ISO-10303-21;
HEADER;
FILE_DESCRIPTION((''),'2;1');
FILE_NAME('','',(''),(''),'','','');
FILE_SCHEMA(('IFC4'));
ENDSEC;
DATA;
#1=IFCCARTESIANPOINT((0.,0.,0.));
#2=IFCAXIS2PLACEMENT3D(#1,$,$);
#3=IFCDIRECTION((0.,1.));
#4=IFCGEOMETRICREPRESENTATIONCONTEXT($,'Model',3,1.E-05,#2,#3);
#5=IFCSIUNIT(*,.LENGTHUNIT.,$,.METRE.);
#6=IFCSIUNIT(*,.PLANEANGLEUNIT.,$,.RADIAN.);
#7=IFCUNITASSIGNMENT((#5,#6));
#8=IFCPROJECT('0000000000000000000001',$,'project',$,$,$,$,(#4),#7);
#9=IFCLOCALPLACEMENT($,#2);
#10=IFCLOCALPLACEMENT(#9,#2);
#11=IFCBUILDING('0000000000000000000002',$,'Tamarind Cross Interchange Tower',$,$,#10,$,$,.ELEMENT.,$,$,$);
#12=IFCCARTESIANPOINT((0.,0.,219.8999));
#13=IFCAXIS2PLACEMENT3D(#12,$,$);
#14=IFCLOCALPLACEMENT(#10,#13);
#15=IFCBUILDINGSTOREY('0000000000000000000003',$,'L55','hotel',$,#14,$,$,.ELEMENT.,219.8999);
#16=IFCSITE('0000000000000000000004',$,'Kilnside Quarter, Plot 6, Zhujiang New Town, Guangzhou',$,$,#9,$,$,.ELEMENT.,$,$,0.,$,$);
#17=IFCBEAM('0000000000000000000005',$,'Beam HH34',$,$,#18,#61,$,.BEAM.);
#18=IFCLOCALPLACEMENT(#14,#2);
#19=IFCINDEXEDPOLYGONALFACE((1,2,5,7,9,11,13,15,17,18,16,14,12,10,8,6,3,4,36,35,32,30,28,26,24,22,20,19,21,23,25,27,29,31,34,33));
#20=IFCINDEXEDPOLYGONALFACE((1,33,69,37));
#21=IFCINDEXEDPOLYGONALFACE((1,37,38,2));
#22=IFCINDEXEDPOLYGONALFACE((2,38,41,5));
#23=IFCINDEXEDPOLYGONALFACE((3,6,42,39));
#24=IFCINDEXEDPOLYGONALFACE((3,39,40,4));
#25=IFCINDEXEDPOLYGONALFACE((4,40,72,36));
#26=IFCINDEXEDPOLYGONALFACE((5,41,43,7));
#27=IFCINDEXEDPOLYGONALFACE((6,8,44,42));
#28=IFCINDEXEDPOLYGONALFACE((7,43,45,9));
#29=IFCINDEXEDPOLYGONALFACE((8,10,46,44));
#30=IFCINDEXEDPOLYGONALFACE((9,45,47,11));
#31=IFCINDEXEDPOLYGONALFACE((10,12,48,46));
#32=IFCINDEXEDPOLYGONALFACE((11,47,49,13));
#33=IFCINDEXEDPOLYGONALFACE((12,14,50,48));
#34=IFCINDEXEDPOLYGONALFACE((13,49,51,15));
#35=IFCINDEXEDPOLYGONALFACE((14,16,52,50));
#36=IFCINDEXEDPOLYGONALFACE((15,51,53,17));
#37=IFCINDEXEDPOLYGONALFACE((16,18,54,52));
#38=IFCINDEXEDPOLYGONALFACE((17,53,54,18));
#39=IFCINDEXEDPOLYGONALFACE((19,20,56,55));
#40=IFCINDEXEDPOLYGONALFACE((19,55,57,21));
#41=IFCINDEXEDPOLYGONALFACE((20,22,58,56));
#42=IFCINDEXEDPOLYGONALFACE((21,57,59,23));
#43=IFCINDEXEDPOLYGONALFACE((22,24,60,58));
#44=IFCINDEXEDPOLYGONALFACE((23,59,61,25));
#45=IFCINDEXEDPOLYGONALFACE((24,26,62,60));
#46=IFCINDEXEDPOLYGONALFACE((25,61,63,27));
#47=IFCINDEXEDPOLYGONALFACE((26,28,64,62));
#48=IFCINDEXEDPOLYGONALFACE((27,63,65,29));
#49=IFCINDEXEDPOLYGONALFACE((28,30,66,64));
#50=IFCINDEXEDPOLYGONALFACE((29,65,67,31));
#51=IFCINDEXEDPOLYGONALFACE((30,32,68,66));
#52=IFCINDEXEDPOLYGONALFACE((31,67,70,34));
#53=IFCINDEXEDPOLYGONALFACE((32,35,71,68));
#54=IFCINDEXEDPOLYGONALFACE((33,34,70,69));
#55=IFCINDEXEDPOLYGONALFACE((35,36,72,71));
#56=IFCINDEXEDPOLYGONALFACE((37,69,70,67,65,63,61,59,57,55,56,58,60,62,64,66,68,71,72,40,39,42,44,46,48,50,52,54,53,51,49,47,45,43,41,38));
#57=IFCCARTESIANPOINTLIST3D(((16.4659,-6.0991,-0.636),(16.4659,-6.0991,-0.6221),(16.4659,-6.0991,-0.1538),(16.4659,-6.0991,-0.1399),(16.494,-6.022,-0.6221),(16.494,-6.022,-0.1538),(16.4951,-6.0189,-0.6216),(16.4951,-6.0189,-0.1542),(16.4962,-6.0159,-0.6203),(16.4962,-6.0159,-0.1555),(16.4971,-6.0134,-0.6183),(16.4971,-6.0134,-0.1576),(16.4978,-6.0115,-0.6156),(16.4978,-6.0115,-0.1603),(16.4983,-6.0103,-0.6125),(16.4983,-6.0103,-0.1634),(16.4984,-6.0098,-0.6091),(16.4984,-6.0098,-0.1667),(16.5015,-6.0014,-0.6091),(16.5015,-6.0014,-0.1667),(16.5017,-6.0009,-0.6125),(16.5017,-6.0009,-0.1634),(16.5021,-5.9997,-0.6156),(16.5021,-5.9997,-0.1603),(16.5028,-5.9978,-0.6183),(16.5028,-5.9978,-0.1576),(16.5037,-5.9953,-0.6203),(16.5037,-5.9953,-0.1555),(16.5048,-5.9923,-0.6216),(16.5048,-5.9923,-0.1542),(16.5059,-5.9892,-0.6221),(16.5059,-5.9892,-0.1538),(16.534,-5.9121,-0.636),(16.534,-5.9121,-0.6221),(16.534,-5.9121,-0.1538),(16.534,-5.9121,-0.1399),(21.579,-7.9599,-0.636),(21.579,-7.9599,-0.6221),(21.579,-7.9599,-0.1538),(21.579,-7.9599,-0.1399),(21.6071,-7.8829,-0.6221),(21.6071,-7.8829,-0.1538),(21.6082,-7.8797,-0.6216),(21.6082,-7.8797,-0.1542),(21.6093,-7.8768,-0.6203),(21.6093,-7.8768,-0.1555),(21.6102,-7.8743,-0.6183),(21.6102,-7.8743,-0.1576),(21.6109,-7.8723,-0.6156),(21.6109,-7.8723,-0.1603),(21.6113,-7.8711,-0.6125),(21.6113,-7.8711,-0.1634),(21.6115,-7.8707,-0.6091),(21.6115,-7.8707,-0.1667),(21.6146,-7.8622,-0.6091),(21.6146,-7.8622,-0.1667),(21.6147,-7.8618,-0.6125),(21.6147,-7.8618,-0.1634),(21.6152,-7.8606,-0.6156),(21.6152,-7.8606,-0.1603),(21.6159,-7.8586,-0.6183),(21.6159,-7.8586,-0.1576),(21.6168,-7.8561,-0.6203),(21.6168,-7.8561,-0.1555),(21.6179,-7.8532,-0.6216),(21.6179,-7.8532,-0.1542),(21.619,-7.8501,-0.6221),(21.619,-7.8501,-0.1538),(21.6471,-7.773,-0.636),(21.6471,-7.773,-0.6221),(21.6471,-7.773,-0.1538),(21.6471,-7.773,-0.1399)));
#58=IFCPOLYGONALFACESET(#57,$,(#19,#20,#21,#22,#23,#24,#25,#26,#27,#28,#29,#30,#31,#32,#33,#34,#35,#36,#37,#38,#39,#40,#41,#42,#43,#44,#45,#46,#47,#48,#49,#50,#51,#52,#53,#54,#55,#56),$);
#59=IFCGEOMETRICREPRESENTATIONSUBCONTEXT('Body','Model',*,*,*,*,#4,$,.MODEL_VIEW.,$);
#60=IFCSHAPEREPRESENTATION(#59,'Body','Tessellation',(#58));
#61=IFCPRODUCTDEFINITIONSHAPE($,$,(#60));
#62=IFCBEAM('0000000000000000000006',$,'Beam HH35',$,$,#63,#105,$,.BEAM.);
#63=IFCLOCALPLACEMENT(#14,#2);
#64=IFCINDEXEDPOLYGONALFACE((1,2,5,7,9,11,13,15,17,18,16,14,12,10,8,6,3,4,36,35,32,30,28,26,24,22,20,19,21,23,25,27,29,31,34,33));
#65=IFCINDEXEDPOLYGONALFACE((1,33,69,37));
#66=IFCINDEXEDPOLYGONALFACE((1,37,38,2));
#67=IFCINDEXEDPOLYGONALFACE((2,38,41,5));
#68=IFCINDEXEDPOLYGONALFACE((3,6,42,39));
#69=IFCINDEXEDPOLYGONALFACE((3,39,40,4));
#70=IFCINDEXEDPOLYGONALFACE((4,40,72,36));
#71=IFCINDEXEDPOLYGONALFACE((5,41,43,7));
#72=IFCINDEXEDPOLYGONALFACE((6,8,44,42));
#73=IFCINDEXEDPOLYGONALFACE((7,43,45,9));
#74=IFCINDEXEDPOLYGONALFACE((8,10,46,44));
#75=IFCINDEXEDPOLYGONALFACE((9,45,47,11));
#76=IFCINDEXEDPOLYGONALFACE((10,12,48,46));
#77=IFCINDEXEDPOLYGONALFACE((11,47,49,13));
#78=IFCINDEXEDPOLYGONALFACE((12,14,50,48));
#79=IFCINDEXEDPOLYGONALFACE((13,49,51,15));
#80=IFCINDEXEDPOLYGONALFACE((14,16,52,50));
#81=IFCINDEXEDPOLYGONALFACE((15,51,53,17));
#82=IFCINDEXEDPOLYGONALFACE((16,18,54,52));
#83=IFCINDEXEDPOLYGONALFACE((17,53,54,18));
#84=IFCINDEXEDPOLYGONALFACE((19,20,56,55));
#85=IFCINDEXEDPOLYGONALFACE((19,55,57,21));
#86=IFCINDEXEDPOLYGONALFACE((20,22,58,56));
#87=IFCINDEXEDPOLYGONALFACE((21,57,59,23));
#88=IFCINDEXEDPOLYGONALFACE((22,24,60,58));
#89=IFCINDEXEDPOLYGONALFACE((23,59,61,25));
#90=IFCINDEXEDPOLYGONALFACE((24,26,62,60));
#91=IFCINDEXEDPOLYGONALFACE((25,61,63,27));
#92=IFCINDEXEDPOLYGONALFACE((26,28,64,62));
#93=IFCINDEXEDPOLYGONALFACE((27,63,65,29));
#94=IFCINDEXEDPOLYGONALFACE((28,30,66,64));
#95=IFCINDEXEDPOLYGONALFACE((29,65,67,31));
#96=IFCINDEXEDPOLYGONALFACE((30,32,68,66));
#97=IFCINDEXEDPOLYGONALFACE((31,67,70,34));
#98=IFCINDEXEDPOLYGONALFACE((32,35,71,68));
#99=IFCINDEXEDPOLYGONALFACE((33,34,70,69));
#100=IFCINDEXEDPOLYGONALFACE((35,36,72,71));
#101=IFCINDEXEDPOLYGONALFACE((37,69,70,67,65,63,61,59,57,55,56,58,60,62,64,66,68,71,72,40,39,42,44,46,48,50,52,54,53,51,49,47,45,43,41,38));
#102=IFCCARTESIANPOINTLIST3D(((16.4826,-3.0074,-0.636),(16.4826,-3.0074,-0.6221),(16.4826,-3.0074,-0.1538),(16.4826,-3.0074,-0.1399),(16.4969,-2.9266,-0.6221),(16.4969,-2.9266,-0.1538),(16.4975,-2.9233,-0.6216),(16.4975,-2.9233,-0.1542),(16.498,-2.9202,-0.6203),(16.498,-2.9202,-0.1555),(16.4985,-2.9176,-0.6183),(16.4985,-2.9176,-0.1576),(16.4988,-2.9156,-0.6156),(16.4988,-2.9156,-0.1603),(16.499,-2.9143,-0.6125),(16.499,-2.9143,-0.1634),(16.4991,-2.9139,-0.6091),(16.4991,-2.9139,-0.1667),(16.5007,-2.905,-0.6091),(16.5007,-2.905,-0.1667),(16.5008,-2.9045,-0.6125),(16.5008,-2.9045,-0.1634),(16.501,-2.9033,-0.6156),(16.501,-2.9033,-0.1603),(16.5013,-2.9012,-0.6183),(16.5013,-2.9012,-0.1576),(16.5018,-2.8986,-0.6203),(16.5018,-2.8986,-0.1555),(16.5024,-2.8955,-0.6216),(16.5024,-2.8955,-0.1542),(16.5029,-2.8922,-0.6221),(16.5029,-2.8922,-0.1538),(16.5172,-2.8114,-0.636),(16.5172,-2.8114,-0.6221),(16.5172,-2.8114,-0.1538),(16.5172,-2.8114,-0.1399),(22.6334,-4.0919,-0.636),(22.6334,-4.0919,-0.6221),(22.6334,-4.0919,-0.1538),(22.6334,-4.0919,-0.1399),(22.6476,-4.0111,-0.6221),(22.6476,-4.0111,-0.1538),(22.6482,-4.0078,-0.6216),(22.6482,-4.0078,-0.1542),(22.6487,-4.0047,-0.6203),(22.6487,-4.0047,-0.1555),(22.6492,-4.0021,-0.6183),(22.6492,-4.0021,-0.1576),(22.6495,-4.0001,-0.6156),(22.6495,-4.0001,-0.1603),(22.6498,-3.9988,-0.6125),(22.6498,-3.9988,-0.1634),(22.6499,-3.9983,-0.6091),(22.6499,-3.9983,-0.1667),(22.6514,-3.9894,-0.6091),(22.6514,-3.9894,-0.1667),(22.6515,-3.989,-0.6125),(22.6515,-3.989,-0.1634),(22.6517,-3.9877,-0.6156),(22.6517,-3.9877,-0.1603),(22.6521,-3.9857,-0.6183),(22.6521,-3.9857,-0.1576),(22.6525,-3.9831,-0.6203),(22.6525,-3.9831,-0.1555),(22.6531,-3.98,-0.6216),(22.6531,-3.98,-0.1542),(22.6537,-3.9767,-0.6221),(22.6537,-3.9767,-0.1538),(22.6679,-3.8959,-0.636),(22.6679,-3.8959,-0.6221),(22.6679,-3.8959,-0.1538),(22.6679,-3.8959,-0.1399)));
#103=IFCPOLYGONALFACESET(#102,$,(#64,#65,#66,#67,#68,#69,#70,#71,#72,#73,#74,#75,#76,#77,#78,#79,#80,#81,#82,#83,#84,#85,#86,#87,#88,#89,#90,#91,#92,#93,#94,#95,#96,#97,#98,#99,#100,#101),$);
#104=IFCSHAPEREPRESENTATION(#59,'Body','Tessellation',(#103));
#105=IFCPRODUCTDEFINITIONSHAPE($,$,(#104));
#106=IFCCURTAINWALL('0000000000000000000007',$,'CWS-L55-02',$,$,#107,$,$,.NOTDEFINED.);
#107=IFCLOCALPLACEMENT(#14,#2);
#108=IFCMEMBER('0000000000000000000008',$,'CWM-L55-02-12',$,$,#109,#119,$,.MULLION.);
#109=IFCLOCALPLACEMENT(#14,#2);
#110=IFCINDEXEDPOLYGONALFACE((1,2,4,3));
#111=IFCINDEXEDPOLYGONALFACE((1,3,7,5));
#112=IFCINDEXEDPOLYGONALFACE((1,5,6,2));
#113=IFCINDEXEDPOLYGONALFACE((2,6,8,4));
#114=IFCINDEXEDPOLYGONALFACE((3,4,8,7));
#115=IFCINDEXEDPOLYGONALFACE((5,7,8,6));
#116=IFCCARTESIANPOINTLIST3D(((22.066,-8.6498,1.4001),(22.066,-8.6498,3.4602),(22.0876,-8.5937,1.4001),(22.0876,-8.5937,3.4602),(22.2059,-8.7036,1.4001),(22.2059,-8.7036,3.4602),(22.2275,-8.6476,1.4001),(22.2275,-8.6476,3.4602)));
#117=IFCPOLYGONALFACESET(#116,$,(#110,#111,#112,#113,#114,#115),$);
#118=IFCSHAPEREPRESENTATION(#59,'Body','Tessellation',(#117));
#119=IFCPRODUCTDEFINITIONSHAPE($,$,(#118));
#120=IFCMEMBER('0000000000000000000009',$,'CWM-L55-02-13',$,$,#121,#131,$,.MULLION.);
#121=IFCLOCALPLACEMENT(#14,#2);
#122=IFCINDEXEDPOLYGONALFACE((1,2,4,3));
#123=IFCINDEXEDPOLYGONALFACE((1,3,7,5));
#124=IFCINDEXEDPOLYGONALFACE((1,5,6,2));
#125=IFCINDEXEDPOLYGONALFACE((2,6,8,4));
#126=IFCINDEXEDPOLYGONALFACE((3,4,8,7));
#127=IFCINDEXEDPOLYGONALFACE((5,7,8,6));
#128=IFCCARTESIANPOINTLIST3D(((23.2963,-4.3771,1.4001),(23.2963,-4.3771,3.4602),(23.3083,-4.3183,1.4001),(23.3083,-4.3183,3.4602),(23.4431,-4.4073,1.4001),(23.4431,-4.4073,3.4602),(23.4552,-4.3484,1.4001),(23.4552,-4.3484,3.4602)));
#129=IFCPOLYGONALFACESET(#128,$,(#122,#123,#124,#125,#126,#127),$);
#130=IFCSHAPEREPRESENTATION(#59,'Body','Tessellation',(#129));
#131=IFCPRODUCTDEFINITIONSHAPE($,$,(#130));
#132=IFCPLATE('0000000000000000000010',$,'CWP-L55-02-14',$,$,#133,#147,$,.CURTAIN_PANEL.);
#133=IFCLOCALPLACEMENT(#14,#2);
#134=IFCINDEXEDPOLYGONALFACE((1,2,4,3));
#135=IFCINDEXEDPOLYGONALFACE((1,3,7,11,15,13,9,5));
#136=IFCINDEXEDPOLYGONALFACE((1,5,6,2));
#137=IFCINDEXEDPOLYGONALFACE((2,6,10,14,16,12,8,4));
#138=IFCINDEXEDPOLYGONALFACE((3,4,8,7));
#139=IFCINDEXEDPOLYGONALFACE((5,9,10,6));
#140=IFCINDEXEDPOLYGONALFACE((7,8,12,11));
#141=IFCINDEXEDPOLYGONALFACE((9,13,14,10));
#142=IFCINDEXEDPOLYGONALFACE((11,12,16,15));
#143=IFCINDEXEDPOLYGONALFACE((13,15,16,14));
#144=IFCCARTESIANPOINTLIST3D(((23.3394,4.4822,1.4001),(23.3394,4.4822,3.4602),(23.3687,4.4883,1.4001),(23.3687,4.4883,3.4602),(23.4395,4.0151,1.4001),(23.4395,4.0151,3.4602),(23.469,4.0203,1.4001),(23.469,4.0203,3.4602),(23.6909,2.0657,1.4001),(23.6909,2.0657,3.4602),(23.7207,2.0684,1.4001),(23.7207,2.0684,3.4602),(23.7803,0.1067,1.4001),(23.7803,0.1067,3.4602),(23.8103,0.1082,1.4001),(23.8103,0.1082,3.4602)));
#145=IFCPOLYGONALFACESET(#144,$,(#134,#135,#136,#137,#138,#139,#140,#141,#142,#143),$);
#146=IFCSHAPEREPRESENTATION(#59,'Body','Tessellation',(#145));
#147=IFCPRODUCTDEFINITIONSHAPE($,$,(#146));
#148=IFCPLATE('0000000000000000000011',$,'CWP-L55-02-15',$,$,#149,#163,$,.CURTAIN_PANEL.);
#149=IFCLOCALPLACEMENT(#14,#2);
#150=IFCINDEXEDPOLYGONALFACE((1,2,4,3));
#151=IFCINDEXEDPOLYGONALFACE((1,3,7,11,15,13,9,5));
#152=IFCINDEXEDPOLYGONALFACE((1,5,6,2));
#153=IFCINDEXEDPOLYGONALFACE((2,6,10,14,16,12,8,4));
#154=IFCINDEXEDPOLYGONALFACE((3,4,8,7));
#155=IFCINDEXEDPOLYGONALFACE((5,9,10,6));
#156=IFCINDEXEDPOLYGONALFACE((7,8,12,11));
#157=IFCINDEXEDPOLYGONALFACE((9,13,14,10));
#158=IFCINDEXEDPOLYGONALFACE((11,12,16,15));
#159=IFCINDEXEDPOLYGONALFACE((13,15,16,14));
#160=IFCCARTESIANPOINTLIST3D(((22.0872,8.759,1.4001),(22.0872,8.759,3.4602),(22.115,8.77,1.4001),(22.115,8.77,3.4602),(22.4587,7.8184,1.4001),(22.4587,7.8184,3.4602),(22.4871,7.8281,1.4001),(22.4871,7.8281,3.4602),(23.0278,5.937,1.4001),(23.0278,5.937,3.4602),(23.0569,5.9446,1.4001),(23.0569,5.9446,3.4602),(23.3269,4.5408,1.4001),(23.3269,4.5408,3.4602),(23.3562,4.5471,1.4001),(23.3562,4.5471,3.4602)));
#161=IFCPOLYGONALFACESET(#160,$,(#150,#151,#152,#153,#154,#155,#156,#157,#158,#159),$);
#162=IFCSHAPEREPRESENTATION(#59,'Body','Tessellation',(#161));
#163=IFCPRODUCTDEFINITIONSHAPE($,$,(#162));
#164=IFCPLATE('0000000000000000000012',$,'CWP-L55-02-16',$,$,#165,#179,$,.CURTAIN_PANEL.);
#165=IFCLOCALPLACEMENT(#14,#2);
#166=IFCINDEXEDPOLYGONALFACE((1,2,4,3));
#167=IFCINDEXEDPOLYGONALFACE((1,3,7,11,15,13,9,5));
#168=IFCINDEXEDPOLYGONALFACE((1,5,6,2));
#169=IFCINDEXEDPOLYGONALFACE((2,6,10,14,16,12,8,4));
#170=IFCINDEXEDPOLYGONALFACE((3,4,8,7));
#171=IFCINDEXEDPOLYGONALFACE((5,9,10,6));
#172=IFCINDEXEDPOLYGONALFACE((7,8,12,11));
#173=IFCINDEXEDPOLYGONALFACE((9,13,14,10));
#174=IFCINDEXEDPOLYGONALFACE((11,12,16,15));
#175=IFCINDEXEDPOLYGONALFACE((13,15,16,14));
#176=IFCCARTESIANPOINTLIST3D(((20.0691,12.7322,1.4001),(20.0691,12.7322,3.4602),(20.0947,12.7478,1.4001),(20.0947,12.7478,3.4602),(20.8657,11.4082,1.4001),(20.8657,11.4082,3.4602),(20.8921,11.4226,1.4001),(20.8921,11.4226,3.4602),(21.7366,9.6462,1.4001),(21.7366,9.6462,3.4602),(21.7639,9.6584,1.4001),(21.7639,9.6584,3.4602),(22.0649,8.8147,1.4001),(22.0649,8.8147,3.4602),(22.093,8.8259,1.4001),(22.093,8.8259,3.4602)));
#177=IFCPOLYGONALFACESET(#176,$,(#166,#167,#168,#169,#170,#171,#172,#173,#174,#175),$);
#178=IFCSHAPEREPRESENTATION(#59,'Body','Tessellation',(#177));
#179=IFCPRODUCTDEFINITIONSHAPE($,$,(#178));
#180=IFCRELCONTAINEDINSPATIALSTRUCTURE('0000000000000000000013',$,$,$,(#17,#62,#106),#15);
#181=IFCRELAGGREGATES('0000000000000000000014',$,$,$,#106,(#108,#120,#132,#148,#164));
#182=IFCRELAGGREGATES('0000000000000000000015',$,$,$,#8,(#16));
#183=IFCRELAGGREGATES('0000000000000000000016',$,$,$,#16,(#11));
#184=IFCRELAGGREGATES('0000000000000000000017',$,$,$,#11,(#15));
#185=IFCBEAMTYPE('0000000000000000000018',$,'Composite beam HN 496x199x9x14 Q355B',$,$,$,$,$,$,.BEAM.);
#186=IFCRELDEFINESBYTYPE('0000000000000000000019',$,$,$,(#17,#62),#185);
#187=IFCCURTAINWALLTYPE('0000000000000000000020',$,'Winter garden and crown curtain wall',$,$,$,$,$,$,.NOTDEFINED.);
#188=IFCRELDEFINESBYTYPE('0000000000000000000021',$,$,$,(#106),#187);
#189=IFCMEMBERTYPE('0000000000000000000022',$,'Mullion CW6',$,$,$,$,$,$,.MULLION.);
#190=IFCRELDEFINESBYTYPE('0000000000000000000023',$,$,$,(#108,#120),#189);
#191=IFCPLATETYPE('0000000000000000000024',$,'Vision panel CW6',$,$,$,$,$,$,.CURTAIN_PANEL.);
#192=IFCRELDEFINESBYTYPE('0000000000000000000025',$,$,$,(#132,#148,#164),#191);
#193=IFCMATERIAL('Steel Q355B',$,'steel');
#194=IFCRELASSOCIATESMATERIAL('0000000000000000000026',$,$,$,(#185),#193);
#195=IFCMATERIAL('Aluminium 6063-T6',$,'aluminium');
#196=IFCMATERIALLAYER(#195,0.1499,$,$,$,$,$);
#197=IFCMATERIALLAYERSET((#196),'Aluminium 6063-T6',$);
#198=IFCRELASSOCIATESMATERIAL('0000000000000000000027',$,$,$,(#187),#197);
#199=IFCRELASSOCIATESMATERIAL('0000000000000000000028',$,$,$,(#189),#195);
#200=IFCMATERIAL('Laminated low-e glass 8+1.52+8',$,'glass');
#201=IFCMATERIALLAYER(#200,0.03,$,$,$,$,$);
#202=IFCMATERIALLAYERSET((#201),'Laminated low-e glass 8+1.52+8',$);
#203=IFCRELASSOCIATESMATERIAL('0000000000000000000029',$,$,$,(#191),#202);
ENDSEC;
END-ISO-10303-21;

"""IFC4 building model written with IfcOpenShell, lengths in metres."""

from ifc_helpers import new_model, si_unit, direction, frame, origin, origin_2d, place, context, subcontext, project, spatial, polyline, rectangle, i_section, outline, extrude, material, layer, layer_set, material_profile, profile_set, type_object, element, aggregate, save


model = new_model("IFC4")

# Units and contexts
model_context = context("Model", 3, precision=1e-05, world=origin(), true_north=direction((0.0, 1.0)))
body_context = subcontext(model_context, "Body", "Model", "MODEL_VIEW")
ifc_project = project(units=[si_unit("LENGTHUNIT", "METRE"), si_unit("PLANEANGLEUNIT", "RADIAN")], contexts=[model_context])

# Site, building, storey
site_placement = place(None, origin())
site = spatial("IfcSite", under=ifc_project, at=site_placement, Name="Kilnside Quarter, Plot 6, Zhujiang New Town, Guangzhou", CompositionType="ELEMENT", RefElevation=0.0)
building_placement = place(site_placement, origin())
building = spatial("IfcBuilding", under=site, at=building_placement, Name="Tamarind Cross Interchange Tower", CompositionType="ELEMENT")
storey_placement = place(building_placement, frame((0.0, 0.0, 219.8999)))
storey = spatial("IfcBuildingStorey", under=building, at=storey_placement, Name="L55", Description="hotel", CompositionType="ELEMENT", Elevation=219.8999)

# Beams
ifc_material_1 = material(Name="Steel Q355B", Category="steel")
ifc_material_profile_1 = material_profile(ifc_material_1, i_section(OverallWidth=0.199, OverallDepth=0.4961, WebThickness=0.009, FlangeThickness=0.0139, FilletRadius=0.0129, at=origin_2d()), Name="HN 496x199x9x14")
ifc_profile_set_1 = profile_set([ifc_material_profile_1], Name="Steel Q355B")
beam_type = type_object("IfcBeamType", Name="Composite beam HN 496x199x9x14 Q355B", PredefinedType="BEAM", material=ifc_profile_set_1)
beam_1_placement = place(storey_placement, frame((21.613, -7.8665, -0.3879), z_axis=(-0.939702, 0.341995, 0.0), x_axis=(-0.341995, -0.939702, 0.0)))
element("IfcBeam", 1, at=beam_1_placement, inside=storey, type_object=beam_type, Name="Beam HH34", PredefinedType="BEAM", context=body_context, shape_type="SweptSolid", body=[
    extrude(i_section(OverallWidth=0.199, OverallDepth=0.4961, WebThickness=0.009, FlangeThickness=0.0139, FilletRadius=0.0129, at=origin_2d()), origin(), (0.0, 0.0, 1.0), 5.4412),
])
beam_2_placement = place(storey_placement, frame((22.6506, -3.9939, -0.3879), z_axis=(-0.984809, 0.17364, 0.0), x_axis=(-0.17364, -0.984809, 0.0)))
element("IfcBeam", 2, at=beam_2_placement, inside=storey, type_object=beam_type, Name="Beam HH35", PredefinedType="BEAM", context=body_context, shape_type="SweptSolid", body=[
    extrude(i_section(OverallWidth=0.199, OverallDepth=0.4961, WebThickness=0.009, FlangeThickness=0.0139, FilletRadius=0.0129, at=origin_2d()), origin(), (0.0, 0.0, 1.0), 6.2456),
])

# Curtain wall, members, plates
ifc_material_2 = material(Name="Aluminium 6063-T6", Category="aluminium")
ifc_layer_1 = layer(ifc_material_2, 0.1499)
ifc_layer_set_1 = layer_set([ifc_layer_1], Name="Aluminium 6063-T6")
curtain_wall_type = type_object("IfcCurtainWallType", Name="Winter garden and crown curtain wall", PredefinedType="NOTDEFINED", material=ifc_layer_set_1)
curtain_wall_placement = place(storey_placement, origin())
curtain_wall = element("IfcCurtainWall", 3, at=curtain_wall_placement, inside=storey, type_object=curtain_wall_type, Name="CWS-L55-02", PredefinedType="NOTDEFINED")
ifc_material_profile_2 = material_profile(ifc_material_2, rectangle(XDim=0.0601, YDim=0.1499, at=origin_2d()), Name="Mullion CW6")
ifc_profile_set_2 = profile_set([ifc_material_profile_2], Name="Aluminium 6063-T6")
member_type = type_object("IfcMemberType", Name="Mullion CW6", PredefinedType="MULLION", material=ifc_profile_set_2)
member_1_placement = place(storey_placement, frame((22.1467, -8.6487, 1.4001), z_axis=(0.0, 0.0, 1.0), x_axis=(0.359495, 0.933147, 0.0)))
member_1 = element("IfcMember", 4, at=member_1_placement, type_object=member_type, Name="CWM-L55-02-12", PredefinedType="MULLION", context=body_context, shape_type="SweptSolid", body=[
    extrude(rectangle(XDim=0.0601, YDim=0.1499, at=origin_2d()), origin(), (0.0, 0.0, 1.0), 2.0601),
])
member_2_placement = place(storey_placement, frame((23.3757, -4.3628, 1.4001), z_axis=(0.0, 0.0, 1.0), x_axis=(0.201001, 0.979591, 0.0)))
member_2 = element("IfcMember", 5, at=member_2_placement, type_object=member_type, Name="CWM-L55-02-13", PredefinedType="MULLION", context=body_context, shape_type="SweptSolid", body=[
    extrude(rectangle(XDim=0.0601, YDim=0.1499, at=origin_2d()), origin(), (0.0, 0.0, 1.0), 2.0601),
])
ifc_material_3 = material(Name="Laminated low-e glass 8+1.52+8", Category="glass")
ifc_layer_2 = layer(ifc_material_3, 0.03)
ifc_layer_set_2 = layer_set([ifc_layer_2], Name="Laminated low-e glass 8+1.52+8")
plate_type = type_object("IfcPlateType", Name="Vision panel CW6", PredefinedType="CURTAIN_PANEL", material=ifc_layer_set_2)
plate_1_placement = place(storey_placement, frame((0.0, 0.0, 1.4001)))
plate_1 = element("IfcPlate", 6, at=plate_1_placement, type_object=plate_type, Name="CWP-L55-02-14", PredefinedType="CURTAIN_PANEL", context=body_context, shape_type="SweptSolid", body=[
    extrude(outline(polyline([(23.7803, 0.1067), (23.6909, 2.0657), (23.4395, 4.0151), (23.3394, 4.4822), (23.3687, 4.4883), (23.469, 4.0203), (23.7207, 2.0684), (23.8103, 0.1082), (23.7803, 0.1067)])), origin(), (0.0, 0.0, 1.0), 2.0601),
])
plate_2_placement = place(storey_placement, frame((0.0, 0.0, 1.4001)))
plate_2 = element("IfcPlate", 7, at=plate_2_placement, type_object=plate_type, Name="CWP-L55-02-15", PredefinedType="CURTAIN_PANEL", context=body_context, shape_type="SweptSolid", body=[
    extrude(outline(polyline([(23.3269, 4.5408), (23.0278, 5.937), (22.4587, 7.8184), (22.0872, 8.759), (22.115, 8.77), (22.4871, 7.8281), (23.0569, 5.9446), (23.3562, 4.5471), (23.3269, 4.5408)])), origin(), (0.0, 0.0, 1.0), 2.0601),
])
plate_3_placement = place(storey_placement, frame((0.0, 0.0, 1.4001)))
plate_3 = element("IfcPlate", 8, at=plate_3_placement, type_object=plate_type, Name="CWP-L55-02-16", PredefinedType="CURTAIN_PANEL", context=body_context, shape_type="SweptSolid", body=[
    extrude(outline(polyline([(22.0649, 8.8147), (21.7366, 9.6462), (20.8657, 11.4082), (20.0691, 12.7322), (20.0947, 12.7478), (20.8921, 11.4226), (21.7639, 9.6584), (22.093, 8.8259), (22.0649, 8.8147)])), origin(), (0.0, 0.0, 1.0), 2.0601),
])
aggregate(curtain_wall, [member_1, member_2, plate_1, plate_2, plate_3])

save(model, "model.ifc")
